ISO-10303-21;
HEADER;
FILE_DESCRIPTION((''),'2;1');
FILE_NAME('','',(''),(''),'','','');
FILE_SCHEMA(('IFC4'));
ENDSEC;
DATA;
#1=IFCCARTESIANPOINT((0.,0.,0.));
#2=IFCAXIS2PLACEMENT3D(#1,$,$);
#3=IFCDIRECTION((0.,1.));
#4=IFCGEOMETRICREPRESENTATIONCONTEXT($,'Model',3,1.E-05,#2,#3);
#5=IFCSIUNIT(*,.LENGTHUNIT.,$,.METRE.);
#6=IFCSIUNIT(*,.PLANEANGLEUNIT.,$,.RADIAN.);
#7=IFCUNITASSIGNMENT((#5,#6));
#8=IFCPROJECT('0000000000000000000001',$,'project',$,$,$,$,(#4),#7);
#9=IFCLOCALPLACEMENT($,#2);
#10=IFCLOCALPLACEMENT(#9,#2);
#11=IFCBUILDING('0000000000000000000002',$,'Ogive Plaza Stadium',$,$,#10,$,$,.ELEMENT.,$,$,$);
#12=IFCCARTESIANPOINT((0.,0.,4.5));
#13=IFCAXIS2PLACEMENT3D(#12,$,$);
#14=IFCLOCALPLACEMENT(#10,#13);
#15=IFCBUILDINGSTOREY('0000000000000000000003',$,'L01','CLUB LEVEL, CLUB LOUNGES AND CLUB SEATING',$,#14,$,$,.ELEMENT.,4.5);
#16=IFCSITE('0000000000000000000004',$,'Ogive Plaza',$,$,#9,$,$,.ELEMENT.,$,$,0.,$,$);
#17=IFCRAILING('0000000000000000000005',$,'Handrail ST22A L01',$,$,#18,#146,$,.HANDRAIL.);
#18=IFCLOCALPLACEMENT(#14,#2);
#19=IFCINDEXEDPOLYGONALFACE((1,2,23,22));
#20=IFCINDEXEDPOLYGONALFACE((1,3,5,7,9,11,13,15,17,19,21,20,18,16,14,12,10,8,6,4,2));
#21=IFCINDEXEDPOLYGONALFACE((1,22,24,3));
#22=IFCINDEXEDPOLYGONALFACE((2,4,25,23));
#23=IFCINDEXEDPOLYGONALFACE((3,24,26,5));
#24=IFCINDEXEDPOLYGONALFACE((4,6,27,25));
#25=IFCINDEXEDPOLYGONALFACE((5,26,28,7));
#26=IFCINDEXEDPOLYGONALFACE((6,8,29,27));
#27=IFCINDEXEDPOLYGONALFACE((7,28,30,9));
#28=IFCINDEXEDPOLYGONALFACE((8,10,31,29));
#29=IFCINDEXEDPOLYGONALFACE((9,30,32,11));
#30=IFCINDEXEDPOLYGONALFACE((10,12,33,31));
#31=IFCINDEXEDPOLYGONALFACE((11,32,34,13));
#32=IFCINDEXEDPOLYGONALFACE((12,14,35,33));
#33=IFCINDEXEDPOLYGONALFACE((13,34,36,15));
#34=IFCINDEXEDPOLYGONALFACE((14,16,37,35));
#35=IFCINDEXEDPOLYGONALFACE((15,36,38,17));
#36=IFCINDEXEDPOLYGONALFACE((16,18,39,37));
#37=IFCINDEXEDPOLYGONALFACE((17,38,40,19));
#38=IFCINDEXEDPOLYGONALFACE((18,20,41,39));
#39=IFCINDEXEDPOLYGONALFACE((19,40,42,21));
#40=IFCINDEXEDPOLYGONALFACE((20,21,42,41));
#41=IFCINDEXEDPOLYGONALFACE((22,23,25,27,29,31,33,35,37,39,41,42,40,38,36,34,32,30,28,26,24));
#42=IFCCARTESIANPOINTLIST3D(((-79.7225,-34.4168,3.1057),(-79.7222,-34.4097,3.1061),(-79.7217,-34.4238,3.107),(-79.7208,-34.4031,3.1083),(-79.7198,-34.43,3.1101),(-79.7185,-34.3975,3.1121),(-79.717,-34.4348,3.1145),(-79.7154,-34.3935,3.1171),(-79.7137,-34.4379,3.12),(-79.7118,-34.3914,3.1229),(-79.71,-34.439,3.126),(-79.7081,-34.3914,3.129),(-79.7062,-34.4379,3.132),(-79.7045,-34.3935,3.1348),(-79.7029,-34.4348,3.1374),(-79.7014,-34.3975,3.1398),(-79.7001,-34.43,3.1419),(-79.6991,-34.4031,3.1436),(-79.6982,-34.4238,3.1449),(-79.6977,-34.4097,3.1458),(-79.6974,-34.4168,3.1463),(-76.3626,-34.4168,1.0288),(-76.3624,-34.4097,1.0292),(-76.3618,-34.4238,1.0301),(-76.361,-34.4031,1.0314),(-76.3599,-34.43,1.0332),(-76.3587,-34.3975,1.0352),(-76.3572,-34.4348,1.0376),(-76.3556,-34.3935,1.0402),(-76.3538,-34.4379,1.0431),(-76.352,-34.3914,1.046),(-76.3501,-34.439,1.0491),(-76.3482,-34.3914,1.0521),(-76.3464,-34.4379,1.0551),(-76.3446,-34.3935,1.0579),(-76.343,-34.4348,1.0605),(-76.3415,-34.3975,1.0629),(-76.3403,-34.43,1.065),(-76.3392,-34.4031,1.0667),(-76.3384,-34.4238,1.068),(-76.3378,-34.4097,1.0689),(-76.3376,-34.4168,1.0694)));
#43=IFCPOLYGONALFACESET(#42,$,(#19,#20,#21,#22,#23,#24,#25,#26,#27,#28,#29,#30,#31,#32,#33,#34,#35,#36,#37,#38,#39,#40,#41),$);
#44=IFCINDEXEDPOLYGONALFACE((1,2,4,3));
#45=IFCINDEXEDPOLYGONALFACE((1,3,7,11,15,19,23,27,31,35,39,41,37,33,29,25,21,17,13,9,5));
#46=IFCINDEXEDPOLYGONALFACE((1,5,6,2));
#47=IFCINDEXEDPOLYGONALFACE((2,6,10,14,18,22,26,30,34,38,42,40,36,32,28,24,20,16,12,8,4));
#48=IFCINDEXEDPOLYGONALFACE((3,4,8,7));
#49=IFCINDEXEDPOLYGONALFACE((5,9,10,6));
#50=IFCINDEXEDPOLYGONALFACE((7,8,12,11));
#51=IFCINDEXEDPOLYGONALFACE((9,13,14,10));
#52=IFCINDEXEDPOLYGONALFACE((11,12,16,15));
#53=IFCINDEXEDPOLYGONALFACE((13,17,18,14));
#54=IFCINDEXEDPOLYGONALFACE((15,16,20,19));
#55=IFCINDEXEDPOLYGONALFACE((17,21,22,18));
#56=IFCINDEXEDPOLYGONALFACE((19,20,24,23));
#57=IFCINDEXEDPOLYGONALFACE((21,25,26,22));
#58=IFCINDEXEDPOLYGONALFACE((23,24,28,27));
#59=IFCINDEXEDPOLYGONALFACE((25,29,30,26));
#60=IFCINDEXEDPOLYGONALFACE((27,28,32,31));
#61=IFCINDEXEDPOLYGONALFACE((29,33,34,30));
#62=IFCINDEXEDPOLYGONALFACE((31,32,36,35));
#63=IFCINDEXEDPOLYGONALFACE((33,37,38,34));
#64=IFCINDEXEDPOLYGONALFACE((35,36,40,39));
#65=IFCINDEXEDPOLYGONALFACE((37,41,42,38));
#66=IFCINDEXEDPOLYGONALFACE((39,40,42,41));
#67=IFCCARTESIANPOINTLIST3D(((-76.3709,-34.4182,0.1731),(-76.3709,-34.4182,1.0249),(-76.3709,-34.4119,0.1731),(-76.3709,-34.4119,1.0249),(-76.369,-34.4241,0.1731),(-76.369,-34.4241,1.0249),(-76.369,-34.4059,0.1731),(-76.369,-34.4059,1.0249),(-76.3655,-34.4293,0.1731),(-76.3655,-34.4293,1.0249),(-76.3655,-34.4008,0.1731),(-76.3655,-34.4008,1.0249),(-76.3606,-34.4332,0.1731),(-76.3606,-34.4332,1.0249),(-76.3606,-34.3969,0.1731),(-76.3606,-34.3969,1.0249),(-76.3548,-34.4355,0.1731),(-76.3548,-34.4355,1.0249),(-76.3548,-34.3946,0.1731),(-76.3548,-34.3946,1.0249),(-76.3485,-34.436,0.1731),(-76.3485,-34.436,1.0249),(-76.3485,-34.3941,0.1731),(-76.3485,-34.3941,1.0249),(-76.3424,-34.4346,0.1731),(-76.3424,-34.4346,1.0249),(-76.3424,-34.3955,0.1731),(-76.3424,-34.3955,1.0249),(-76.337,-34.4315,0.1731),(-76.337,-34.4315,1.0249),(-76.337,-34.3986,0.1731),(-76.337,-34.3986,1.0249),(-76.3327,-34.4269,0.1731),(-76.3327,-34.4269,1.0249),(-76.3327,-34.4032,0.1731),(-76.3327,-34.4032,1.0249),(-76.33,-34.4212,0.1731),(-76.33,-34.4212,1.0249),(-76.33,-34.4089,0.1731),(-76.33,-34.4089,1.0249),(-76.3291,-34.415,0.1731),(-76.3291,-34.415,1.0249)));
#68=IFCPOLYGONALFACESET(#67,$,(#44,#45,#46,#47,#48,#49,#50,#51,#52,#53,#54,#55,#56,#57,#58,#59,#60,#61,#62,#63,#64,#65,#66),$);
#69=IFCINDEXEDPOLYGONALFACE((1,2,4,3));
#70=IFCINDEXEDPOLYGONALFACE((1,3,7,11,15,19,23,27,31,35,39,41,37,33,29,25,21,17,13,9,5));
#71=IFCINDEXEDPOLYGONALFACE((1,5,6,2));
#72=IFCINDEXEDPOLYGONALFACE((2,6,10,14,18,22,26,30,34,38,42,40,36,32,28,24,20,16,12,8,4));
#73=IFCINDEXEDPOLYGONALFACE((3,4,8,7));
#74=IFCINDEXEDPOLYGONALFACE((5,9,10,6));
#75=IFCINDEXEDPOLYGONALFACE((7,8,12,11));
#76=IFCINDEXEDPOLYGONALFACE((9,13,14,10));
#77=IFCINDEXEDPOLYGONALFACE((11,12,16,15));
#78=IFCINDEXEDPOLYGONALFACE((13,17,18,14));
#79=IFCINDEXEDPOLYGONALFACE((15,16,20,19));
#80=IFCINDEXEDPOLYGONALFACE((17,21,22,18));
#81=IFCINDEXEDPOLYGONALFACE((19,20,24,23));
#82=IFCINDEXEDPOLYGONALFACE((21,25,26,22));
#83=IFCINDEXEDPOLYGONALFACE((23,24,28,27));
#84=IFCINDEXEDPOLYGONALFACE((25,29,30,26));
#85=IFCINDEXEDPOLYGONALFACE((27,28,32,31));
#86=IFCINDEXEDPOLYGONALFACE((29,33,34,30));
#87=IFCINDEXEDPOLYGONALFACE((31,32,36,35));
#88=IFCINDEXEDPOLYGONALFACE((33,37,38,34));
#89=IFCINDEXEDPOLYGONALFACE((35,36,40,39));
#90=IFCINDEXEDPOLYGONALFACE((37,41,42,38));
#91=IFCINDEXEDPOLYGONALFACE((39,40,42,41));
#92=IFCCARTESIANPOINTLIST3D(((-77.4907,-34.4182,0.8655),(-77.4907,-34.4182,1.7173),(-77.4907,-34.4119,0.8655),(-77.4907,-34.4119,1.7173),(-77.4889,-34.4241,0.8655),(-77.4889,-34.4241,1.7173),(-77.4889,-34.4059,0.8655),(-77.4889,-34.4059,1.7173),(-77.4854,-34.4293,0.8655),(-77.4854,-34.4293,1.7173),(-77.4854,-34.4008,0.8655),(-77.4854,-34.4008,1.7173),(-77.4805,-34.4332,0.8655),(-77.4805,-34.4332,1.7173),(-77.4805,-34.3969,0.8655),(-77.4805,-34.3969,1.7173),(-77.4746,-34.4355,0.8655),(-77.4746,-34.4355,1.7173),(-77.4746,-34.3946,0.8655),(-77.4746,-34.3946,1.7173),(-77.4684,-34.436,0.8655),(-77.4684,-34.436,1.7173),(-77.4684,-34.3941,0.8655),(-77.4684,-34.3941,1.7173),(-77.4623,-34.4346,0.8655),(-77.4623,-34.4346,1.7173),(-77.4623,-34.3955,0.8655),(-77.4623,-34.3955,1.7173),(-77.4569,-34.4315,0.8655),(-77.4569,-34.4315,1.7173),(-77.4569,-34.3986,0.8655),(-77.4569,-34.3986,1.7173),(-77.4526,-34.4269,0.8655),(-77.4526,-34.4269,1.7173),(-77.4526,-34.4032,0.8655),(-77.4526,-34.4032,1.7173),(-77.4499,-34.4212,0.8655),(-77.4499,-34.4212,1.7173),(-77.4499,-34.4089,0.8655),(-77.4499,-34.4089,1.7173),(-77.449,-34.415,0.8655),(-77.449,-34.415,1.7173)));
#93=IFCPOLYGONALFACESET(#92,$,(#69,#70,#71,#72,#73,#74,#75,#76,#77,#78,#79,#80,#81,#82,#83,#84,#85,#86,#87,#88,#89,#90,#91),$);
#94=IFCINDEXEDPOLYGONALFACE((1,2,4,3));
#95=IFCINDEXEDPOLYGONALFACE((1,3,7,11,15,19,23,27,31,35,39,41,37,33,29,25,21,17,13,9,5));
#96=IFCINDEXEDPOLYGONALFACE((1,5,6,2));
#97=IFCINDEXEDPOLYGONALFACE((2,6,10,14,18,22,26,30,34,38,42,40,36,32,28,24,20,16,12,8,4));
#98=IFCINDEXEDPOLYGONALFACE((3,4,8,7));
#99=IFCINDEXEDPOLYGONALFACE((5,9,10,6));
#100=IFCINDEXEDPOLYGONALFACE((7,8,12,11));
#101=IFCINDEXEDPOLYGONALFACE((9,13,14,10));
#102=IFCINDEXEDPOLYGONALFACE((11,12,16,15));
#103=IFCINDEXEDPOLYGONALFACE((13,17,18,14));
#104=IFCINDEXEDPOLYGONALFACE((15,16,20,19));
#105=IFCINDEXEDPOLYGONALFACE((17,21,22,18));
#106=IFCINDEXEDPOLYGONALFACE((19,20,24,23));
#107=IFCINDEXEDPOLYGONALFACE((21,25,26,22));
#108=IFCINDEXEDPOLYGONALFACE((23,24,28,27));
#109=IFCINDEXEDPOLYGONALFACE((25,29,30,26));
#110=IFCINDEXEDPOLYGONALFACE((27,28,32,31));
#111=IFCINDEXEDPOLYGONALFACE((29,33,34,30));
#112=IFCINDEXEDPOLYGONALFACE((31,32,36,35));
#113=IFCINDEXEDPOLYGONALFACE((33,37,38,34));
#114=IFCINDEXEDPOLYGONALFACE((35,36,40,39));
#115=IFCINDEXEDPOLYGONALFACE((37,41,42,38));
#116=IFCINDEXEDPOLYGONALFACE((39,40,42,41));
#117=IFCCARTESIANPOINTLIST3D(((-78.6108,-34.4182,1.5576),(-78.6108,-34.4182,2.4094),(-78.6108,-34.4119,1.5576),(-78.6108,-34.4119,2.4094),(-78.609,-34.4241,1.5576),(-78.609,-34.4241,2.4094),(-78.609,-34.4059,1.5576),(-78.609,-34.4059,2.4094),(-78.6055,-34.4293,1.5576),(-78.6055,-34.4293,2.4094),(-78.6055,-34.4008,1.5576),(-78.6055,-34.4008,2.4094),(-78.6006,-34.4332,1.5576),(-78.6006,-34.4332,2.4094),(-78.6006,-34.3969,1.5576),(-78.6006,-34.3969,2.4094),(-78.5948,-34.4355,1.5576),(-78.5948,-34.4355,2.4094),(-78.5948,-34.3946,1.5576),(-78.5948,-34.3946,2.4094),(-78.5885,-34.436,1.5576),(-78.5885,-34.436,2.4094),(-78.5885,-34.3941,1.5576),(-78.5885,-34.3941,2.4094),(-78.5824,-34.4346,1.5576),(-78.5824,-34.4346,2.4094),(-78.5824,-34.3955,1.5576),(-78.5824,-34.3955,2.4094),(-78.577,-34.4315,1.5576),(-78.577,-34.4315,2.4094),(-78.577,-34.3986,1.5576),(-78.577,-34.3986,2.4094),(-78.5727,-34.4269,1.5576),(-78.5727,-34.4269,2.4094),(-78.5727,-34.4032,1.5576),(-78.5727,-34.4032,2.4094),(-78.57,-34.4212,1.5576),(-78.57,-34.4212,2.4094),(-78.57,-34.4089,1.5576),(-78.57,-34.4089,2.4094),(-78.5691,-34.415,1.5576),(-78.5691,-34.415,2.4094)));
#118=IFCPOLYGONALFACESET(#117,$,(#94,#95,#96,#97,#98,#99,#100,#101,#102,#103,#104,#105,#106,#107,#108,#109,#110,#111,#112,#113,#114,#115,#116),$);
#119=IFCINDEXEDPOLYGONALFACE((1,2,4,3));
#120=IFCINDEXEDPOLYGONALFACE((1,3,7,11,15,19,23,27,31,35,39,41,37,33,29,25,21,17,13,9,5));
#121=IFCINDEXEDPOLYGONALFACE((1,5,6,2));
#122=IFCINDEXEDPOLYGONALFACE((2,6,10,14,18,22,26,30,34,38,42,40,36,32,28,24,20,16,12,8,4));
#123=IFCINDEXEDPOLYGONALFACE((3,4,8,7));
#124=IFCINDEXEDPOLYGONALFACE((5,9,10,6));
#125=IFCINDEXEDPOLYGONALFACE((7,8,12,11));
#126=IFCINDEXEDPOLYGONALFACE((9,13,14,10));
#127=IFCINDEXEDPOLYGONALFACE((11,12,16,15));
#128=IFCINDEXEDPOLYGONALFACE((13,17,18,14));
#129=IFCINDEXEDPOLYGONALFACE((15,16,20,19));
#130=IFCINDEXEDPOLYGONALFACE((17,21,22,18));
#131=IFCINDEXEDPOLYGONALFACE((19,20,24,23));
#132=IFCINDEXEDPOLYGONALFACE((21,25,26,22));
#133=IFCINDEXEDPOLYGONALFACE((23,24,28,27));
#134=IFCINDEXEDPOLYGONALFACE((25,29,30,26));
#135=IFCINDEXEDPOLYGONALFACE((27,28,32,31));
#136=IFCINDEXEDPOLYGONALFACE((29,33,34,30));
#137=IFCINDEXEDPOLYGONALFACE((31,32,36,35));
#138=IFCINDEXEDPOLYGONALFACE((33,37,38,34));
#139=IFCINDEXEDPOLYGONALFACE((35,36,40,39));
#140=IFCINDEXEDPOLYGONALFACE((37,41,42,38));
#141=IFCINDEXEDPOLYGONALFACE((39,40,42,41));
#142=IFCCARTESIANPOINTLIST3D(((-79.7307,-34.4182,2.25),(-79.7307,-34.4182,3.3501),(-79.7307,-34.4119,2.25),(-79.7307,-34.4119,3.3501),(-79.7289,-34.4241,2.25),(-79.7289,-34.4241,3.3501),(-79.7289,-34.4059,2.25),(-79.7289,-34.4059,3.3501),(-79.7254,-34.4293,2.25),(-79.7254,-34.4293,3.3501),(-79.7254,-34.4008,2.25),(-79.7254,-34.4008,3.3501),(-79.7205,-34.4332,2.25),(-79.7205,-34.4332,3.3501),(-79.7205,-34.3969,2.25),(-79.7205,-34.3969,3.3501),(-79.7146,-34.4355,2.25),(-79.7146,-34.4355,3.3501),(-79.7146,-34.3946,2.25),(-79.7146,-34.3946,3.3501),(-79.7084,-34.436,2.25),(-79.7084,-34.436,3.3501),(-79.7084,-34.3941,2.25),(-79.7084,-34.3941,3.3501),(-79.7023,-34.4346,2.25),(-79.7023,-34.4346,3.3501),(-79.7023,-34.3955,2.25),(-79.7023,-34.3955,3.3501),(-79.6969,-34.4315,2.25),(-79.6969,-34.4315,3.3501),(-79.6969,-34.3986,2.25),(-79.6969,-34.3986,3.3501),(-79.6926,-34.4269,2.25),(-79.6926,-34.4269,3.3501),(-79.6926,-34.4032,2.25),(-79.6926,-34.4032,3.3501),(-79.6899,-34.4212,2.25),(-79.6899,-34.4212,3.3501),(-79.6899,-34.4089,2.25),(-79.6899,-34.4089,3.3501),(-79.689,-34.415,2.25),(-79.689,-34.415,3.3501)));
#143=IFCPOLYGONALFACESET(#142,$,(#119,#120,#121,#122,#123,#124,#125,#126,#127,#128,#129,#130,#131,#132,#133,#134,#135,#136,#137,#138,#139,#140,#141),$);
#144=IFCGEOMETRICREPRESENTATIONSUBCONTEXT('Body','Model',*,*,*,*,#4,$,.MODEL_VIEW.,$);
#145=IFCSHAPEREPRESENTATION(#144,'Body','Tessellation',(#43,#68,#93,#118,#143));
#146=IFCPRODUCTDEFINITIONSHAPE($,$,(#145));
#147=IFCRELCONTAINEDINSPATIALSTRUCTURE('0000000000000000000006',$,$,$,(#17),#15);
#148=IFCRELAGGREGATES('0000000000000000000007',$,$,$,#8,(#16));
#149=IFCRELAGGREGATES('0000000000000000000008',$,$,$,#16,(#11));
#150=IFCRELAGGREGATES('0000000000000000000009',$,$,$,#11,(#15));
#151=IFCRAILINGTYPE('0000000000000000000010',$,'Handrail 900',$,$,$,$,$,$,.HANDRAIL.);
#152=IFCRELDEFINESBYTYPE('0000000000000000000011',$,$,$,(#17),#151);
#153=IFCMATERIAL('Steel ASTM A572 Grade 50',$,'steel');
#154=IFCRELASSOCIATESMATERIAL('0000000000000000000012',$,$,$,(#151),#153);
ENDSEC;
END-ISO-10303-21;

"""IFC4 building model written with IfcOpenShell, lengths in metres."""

from ifc_helpers import new_model, si_unit, direction, frame, origin, origin_2d, place, context, subcontext, project, spatial, circle, extrude, material, type_object, element, save


model = new_model("IFC4")

# Units and contexts
model_context = context("Model", 3, precision=1e-05, world=origin(), true_north=direction((0.0, 1.0)))
body_context = subcontext(model_context, "Body", "Model", "MODEL_VIEW")
ifc_project = project(units=[si_unit("LENGTHUNIT", "METRE"), si_unit("PLANEANGLEUNIT", "RADIAN")], contexts=[model_context])

# Site, building, storey
site_placement = place(None, origin())
site = spatial("IfcSite", under=ifc_project, at=site_placement, Name="Ogive Plaza", CompositionType="ELEMENT", RefElevation=0.0)
building_placement = place(site_placement, origin())
building = spatial("IfcBuilding", under=site, at=building_placement, Name="Ogive Plaza Stadium", CompositionType="ELEMENT")
storey_placement = place(building_placement, frame((0.0, 0.0, 4.5)))
storey = spatial("IfcBuildingStorey", under=building, at=storey_placement, Name="L01", Description="CLUB LEVEL, CLUB LOUNGES AND CLUB SEATING", CompositionType="ELEMENT", Elevation=4.5)

# Railing
ifc_material_1 = material(Name="Steel ASTM A572 Grade 50", Category="steel")
railing_type_1 = type_object("IfcRailingType", Name="Handrail 900", PredefinedType="HANDRAIL", material=ifc_material_1)
for number, where, name in (
    (1, (-76.3501, -34.415, 0.1731), "Handrail ST22A L01"),
):
    element("IfcRailing", number, at=place(storey_placement, frame(where)), inside=storey, type_object=railing_type_1, Name=name, PredefinedType="HANDRAIL", context=body_context, shape_type="SweptSolid", body=[
        extrude(circle(Radius=0.0239, at=origin_2d()), frame((0.0, 0.0, 0.876), z_axis=(-0.850606, 0.0, 0.525803), x_axis=(0.0, -1.0, 0.0)), (0.0, 0.0, 1.0), 3.95),
        extrude(circle(Radius=0.021, at=origin_2d()), origin(), (0.0, 0.0, 1.0), 0.8518),
        extrude(circle(Radius=0.021, at=origin_2d()), frame((-1.1199, 0.0, 0.6924)), (0.0, 0.0, 1.0), 0.8518),
        extrude(circle(Radius=0.021, at=origin_2d()), frame((-2.24, 0.0, 1.3845)), (0.0, 0.0, 1.0), 0.8518),
        extrude(circle(Radius=0.021, at=origin_2d()), frame((-3.3599, 0.0, 2.0769)), (0.0, 0.0, 1.0), 1.1001),
    ])

save(model, "model.ifc")
